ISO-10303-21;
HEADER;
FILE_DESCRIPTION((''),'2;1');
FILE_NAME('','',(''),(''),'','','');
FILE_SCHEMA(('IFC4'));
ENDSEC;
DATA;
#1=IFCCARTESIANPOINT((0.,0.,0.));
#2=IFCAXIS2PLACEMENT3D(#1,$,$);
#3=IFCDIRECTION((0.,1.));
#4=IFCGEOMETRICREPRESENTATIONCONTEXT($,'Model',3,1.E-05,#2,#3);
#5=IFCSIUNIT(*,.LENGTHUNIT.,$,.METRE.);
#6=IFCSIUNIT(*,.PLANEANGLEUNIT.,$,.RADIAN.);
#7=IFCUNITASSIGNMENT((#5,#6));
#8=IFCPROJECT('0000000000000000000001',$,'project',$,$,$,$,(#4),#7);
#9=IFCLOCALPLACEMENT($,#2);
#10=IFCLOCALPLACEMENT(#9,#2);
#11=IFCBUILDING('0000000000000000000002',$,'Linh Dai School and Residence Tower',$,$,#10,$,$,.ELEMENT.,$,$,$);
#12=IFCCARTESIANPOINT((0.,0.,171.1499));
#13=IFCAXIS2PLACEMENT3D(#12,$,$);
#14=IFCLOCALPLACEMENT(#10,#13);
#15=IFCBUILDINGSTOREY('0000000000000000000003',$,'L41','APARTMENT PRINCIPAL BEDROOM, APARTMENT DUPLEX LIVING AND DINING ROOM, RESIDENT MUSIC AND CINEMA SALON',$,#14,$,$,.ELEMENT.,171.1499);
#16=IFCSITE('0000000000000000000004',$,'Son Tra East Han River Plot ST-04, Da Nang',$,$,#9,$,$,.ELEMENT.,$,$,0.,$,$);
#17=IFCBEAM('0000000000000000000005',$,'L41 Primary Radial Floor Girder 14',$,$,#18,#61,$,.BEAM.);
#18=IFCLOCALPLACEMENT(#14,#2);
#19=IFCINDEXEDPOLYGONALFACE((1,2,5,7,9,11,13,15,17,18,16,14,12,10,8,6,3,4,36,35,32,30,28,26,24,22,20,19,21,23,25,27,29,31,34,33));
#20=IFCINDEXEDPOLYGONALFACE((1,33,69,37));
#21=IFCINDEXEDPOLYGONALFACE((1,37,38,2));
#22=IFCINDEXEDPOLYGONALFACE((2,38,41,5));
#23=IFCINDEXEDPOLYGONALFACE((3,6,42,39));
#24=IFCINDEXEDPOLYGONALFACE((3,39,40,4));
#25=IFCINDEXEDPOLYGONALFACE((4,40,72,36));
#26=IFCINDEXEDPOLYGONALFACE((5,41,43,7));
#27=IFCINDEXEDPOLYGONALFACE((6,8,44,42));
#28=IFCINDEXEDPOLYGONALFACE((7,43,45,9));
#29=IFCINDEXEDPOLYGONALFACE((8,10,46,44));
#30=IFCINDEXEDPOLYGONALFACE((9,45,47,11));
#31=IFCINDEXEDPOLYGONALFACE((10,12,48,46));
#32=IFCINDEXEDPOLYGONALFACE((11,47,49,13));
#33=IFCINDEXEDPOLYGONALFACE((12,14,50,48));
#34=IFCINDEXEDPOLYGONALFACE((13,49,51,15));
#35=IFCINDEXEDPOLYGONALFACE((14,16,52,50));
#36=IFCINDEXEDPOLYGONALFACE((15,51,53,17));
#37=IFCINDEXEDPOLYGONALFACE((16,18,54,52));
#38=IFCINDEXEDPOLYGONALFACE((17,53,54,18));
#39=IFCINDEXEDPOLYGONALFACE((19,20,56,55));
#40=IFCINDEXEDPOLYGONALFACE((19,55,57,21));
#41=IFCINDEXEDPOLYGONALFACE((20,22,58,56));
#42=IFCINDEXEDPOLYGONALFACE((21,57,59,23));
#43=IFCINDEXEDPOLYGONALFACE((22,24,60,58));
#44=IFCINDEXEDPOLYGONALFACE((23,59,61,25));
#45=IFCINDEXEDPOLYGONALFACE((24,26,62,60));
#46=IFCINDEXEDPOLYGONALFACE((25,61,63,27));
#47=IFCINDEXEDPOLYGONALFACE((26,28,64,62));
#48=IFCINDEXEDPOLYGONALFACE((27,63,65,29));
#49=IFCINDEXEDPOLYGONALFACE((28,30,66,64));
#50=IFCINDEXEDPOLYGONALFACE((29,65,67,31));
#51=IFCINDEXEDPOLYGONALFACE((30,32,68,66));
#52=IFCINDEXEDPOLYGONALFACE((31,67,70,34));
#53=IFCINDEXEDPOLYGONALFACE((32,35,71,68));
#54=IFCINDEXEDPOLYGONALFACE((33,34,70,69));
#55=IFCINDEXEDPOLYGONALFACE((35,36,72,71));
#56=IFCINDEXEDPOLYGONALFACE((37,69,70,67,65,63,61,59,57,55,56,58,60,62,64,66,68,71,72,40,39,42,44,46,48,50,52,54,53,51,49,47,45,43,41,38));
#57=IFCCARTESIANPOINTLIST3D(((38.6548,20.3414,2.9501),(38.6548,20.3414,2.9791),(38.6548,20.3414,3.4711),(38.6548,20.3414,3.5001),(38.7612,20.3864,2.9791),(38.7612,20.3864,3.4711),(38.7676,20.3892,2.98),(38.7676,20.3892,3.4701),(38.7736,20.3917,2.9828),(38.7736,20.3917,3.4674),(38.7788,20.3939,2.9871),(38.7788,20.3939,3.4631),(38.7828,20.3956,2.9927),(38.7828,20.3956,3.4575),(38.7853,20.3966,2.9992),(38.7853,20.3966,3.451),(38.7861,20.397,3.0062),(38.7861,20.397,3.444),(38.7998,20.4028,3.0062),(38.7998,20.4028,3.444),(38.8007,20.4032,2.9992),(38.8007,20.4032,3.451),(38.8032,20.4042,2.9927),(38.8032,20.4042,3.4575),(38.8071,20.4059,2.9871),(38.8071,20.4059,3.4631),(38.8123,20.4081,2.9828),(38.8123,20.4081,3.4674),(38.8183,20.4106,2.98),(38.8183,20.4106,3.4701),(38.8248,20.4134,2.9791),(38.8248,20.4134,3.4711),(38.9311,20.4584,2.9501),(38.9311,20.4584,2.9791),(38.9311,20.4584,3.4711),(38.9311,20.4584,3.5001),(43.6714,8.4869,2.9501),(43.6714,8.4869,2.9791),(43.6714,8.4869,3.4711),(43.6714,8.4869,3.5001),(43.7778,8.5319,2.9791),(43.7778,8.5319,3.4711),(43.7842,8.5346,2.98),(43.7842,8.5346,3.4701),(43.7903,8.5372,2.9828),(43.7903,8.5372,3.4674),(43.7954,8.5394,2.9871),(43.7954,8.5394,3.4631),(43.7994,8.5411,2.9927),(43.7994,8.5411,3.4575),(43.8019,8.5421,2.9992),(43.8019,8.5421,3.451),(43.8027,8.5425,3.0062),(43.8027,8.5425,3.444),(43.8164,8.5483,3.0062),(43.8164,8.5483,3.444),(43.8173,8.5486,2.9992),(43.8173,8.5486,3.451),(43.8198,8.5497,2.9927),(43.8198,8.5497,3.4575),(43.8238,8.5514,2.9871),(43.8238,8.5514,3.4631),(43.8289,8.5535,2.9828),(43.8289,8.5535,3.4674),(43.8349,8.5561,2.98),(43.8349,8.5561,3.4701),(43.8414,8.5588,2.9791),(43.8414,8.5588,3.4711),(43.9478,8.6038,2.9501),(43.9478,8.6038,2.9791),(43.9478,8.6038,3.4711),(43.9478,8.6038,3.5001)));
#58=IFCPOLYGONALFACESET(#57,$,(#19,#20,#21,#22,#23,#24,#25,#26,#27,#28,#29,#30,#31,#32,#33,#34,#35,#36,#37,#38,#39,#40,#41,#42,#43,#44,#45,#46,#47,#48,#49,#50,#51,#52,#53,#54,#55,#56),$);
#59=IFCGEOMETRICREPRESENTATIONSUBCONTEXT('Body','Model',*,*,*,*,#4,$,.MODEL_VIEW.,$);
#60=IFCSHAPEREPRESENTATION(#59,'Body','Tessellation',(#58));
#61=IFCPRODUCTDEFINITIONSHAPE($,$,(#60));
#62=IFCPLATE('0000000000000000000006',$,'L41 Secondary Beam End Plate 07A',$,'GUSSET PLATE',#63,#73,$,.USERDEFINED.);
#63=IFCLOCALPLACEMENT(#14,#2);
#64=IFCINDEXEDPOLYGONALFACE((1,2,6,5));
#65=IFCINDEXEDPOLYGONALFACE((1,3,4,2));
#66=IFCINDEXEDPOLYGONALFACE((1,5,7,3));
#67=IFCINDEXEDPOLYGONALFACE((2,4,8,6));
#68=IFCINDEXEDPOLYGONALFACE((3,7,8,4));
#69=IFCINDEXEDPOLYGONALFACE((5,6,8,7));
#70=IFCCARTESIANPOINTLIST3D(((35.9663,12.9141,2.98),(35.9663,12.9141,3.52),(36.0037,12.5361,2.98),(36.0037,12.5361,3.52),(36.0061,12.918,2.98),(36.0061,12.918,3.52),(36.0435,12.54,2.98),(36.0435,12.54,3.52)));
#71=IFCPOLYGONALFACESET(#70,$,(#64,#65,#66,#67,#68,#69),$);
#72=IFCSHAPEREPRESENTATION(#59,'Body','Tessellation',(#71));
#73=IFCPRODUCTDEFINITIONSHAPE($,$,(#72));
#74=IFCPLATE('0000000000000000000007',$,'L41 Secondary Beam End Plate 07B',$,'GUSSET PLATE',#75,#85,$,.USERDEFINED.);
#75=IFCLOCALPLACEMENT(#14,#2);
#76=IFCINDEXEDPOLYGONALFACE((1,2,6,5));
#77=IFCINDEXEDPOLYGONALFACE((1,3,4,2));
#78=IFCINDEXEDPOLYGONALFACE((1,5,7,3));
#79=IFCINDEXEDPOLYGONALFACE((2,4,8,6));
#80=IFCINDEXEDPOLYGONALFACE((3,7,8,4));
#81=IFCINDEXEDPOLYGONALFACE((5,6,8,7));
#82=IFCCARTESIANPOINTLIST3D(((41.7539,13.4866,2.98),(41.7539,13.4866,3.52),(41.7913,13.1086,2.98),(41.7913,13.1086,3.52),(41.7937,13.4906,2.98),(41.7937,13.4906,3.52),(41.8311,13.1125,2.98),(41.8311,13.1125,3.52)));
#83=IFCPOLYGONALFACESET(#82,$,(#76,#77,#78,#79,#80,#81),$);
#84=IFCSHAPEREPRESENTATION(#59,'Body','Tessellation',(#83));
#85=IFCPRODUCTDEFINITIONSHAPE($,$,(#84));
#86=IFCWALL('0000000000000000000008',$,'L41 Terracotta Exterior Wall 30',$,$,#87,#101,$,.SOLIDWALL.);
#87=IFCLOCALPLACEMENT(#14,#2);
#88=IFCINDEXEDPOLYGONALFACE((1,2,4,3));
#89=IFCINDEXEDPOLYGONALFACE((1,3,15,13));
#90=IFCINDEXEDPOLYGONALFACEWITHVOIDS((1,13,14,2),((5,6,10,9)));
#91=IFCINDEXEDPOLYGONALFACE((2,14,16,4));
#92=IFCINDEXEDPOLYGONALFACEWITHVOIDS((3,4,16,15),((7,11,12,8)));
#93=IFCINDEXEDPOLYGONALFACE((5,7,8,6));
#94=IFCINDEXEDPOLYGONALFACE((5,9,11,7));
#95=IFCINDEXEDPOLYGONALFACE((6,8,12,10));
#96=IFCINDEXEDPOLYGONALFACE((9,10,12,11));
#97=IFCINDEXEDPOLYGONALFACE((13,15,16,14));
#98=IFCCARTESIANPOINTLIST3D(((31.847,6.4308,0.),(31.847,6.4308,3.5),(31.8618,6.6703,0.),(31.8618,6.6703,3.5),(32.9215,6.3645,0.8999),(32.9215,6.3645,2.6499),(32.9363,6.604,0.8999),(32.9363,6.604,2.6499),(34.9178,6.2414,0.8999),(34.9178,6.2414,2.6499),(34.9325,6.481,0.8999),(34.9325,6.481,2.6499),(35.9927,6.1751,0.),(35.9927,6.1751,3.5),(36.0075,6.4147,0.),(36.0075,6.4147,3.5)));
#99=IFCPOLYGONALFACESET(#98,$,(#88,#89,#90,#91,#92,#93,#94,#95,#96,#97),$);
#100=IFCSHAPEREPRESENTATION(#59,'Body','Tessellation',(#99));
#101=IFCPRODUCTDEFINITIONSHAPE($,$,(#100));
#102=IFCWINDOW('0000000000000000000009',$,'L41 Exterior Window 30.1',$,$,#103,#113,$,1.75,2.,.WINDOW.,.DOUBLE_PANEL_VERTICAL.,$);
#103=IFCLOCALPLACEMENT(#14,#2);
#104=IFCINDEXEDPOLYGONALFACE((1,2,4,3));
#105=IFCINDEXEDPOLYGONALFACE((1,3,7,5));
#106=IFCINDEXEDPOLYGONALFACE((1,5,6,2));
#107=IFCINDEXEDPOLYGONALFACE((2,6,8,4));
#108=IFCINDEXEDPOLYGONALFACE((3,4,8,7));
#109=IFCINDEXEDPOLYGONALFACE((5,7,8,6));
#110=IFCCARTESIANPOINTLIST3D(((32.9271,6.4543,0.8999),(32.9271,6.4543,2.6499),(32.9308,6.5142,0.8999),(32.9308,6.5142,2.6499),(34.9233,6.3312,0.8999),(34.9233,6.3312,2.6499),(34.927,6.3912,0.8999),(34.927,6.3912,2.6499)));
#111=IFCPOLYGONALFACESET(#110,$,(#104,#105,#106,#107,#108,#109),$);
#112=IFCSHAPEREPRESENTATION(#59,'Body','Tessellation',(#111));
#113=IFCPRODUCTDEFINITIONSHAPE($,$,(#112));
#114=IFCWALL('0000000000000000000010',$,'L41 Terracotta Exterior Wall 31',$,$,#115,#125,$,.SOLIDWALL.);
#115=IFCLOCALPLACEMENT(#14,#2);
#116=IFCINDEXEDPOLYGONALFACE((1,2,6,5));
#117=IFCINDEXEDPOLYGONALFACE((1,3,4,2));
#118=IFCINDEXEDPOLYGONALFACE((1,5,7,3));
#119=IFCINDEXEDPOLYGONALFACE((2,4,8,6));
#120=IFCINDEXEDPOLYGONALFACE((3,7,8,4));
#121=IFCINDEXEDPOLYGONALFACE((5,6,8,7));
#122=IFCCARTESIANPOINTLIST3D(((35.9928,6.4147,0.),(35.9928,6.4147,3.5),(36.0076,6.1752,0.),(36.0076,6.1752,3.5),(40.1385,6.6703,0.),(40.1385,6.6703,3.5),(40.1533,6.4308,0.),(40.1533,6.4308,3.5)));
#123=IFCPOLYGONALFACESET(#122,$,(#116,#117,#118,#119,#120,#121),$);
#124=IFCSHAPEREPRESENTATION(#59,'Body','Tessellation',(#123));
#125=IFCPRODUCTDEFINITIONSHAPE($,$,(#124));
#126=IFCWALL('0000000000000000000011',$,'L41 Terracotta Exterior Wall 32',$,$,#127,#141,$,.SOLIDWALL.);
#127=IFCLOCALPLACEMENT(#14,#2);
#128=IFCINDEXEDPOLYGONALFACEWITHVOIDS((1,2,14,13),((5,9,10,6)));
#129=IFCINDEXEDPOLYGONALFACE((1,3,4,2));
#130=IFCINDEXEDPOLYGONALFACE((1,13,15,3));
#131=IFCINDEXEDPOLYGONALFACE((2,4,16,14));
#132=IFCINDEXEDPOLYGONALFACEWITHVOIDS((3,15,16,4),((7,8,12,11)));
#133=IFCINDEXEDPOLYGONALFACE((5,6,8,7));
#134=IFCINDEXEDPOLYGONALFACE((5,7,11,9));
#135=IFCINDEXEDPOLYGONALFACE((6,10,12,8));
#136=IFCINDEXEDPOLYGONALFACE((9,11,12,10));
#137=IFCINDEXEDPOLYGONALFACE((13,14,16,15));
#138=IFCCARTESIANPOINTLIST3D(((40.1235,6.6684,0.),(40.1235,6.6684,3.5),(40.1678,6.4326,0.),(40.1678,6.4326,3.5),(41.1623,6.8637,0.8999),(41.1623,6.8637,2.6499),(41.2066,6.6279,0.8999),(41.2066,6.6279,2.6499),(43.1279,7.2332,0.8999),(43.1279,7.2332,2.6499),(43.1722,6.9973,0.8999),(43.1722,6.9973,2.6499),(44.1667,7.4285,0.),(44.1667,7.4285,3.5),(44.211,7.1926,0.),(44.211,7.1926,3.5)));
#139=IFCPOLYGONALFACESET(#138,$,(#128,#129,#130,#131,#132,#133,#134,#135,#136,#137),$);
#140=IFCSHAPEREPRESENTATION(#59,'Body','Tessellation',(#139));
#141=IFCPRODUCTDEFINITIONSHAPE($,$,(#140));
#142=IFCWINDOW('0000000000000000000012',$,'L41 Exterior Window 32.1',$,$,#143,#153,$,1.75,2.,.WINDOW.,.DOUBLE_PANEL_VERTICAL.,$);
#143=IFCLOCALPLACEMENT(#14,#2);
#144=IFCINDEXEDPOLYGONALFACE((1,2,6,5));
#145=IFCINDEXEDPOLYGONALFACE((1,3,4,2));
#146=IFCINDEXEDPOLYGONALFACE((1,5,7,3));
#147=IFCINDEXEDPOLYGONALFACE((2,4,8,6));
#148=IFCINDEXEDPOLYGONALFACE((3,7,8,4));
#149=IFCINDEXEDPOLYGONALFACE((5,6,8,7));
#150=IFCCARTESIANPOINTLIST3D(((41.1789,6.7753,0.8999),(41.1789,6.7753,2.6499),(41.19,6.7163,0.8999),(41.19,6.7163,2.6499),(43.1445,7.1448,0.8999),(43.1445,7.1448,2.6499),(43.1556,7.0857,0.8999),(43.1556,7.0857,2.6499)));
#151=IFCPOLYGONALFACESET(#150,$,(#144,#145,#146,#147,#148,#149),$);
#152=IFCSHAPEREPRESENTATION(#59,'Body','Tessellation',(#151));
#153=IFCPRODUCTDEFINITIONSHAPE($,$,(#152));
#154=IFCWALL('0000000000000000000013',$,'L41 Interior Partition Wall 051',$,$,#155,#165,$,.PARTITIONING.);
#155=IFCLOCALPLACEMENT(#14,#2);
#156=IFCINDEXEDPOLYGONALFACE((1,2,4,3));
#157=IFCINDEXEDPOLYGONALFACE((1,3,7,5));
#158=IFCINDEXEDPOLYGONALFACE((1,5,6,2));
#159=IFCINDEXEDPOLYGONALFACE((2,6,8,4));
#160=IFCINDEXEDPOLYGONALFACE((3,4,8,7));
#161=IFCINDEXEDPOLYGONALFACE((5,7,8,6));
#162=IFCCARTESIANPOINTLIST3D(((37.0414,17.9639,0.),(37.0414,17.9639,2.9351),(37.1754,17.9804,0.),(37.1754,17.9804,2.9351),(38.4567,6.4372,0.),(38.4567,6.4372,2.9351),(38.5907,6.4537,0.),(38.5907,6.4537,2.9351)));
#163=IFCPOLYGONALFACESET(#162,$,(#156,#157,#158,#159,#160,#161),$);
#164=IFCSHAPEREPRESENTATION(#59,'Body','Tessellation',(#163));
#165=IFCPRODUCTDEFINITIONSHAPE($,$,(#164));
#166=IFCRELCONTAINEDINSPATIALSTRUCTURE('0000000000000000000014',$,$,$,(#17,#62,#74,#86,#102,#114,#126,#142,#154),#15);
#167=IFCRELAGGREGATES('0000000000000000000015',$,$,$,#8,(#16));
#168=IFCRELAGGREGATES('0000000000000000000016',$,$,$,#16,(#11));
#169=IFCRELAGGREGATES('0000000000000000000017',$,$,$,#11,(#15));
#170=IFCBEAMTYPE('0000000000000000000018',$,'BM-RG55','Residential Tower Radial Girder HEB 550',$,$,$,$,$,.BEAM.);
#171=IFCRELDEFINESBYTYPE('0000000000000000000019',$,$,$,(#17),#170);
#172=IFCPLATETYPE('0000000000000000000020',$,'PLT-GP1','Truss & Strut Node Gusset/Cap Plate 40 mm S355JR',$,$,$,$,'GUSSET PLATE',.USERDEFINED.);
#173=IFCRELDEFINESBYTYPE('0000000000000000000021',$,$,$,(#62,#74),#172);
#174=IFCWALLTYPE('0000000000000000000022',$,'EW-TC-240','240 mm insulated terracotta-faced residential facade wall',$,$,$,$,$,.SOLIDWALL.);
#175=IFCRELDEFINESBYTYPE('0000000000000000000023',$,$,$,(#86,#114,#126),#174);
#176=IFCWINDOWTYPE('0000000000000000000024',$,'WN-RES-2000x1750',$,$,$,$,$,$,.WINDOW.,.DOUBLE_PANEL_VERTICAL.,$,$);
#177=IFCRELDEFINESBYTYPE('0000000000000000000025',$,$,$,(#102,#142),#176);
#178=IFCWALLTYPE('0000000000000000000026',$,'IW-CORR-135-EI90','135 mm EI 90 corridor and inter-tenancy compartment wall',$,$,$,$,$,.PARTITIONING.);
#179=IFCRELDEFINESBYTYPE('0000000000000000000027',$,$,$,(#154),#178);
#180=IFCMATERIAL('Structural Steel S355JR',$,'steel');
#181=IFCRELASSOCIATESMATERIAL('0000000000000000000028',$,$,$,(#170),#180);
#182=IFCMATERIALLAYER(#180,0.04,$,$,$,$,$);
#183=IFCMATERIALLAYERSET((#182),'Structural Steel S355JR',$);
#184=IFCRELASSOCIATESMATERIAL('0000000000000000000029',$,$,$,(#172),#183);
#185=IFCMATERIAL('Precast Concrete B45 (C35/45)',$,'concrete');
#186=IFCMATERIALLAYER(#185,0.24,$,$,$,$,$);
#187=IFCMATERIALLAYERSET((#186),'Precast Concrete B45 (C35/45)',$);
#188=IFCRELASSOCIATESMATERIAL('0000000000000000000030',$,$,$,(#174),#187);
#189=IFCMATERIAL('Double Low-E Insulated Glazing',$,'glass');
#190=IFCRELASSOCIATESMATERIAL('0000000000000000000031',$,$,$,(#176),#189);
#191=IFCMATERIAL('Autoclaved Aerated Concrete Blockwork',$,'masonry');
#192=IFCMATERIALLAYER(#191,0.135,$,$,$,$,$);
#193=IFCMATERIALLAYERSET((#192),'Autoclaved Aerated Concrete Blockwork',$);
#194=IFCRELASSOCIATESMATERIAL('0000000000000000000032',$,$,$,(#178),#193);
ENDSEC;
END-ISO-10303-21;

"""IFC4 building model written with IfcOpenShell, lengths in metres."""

from ifc_helpers import new_model, si_unit, direction, frame, frame_2d, origin, origin_2d, place, context, subcontext, project, spatial, rectangle, i_section, extrude, source, transform, mapped, material, layer, layer_set, material_profile, profile_set, type_object, element, fill, save


model = new_model("IFC4")

# Units and contexts
model_context = context("Model", 3, precision=1e-05, world=origin(), true_north=direction((0.0, 1.0)))
body_context = subcontext(model_context, "Body", "Model", "MODEL_VIEW")
ifc_project = project(units=[si_unit("LENGTHUNIT", "METRE"), si_unit("PLANEANGLEUNIT", "RADIAN")], contexts=[model_context])

# Site, building, storey
site_placement = place(None, origin())
site = spatial("IfcSite", under=ifc_project, at=site_placement, Name="Son Tra East Han River Plot ST-04, Da Nang", CompositionType="ELEMENT", RefElevation=0.0)
building_placement = place(site_placement, origin())
building = spatial("IfcBuilding", under=site, at=building_placement, Name="Linh Dai School and Residence Tower", CompositionType="ELEMENT")
storey_placement = place(building_placement, frame((0.0, 0.0, 171.1499)))
storey = spatial("IfcBuildingStorey", under=building, at=storey_placement, Name="L41", Description="APARTMENT PRINCIPAL BEDROOM, APARTMENT DUPLEX LIVING AND DINING ROOM, RESIDENT MUSIC AND CINEMA SALON", CompositionType="ELEMENT", Elevation=171.1499)

# Shared definitions
ifc_material_1 = material(Name="Structural Steel S355JR", Category="steel")

# Beam
ifc_material_profile_1 = material_profile(ifc_material_1, i_section(OverallWidth=0.3, OverallDepth=0.55, WebThickness=0.0149, FlangeThickness=0.0291, FilletRadius=0.0271, at=origin_2d()), Name="HEB 550")
ifc_profile_set_1 = profile_set([ifc_material_profile_1], Name="Structural Steel S355JR")
beam_type_1 = type_object("IfcBeamType", Name="BM-RG55", Description="Residential Tower Radial Girder HEB 550", PredefinedType="BEAM", material=ifc_profile_set_1)
beam_1_placement = place(storey_placement, frame((38.793, 20.3999, 3.2251), z_axis=(0.389722, -0.920933, 0.0), x_axis=(0.920933, 0.389722, 0.0)))
element("IfcBeam", 1, at=beam_1_placement, inside=storey, type_object=beam_type_1, Name="L41 Primary Radial Floor Girder 14", PredefinedType="BEAM", context=body_context, shape_type="SweptSolid", body=[
    extrude(i_section(OverallWidth=0.3, OverallDepth=0.55, WebThickness=0.0149, FlangeThickness=0.0291, FilletRadius=0.0271, at=origin_2d()), origin(), (0.0, 0.0, 1.0), 12.8723),
])

# Plates
ifc_layer_1 = layer(ifc_material_1, 0.04)
ifc_layer_set_1 = layer_set([ifc_layer_1], Name="Structural Steel S355JR")
plate_type = type_object("IfcPlateType", Name="PLT-GP1", Description="Truss & Strut Node Gusset/Cap Plate 40 mm S355JR", ElementType="GUSSET PLATE", PredefinedType="USERDEFINED", material=ifc_layer_set_1)
shared_shape_1 = source(origin(), body_context, "Body", "SweptSolid", [
    extrude(rectangle(XDim=0.04, YDim=0.3799, at=origin_2d()), origin(), (0.0, 0.0, 1.0), 0.54),
])
for number, where, z_axis, x_axis, name in (
    (2, (36.0049, 12.7271, 2.98), (0.0, 0.0, 1.0), (0.995145, 0.098423, 0.0), "L41 Secondary Beam End Plate 07A"),
    (3, (41.7925, 13.2996, 2.98), (0.0, 0.0, 1.0), (0.995145, 0.098423, 0.0), "L41 Secondary Beam End Plate 07B"),
):
    element("IfcPlate", number, at=place(storey_placement, frame(where, z_axis=z_axis, x_axis=x_axis)), inside=storey, type_object=plate_type, Name=name, ObjectType="GUSSET PLATE", PredefinedType="USERDEFINED", context=body_context, shape_type="MappedRepresentation", body=[
        mapped(shared_shape_1, transform((0.0, 0.0, 0.0), x_axis=(1.0, 0.0, 0.0), y_axis=(0.0, 1.0, 0.0), z_axis=(0.0, 0.0, 1.0), scale=1.0)),
    ])

# Wall, opening, window
ifc_material_2 = material(Name="Precast Concrete B45 (C35/45)", Category="concrete")
ifc_layer_2 = layer(ifc_material_2, 0.24)
ifc_layer_set_2 = layer_set([ifc_layer_2], Name="Precast Concrete B45 (C35/45)")
wall_type_1 = type_object("IfcWallType", Name="EW-TC-240", Description="240 mm insulated terracotta-faced residential facade wall", PredefinedType="SOLIDWALL", material=ifc_layer_set_2)
wall_1_placement = place(storey_placement, frame((36.0, 6.2949, 0.0), z_axis=(0.0, 0.0, 1.0), x_axis=(-0.998105, 0.06154, 0.0)))
wall_1 = element("IfcWall", 4, at=wall_1_placement, inside=storey, type_object=wall_type_1, Name="L41 Terracotta Exterior Wall 30", PredefinedType="SOLIDWALL", context=body_context, shape_type="SweptSolid", body=[
    extrude(rectangle(XDim=4.1536, YDim=0.24, at=frame_2d((2.0767, 0.0))), origin(), (0.0, 0.0, 1.0), 3.5),
])
opening_1_placement = place(wall_1_placement, frame((1.0769, 0.0, 0.8999)))
opening_1 = element("IfcOpeningElement", 5, at=opening_1_placement, cuts=wall_1, PredefinedType="OPENING", context=body_context, shape_type="SweptSolid", body=[
    extrude(rectangle(XDim=2.0, YDim=1.75, at=origin_2d()), frame((1.0, 0.1299, 0.875), z_axis=(0.0, -1.0, 0.0), x_axis=(1.0, 0.0, 0.0)), (0.0, 0.0, 1.0), 0.26),
])
ifc_material_3 = material(Name="Double Low-E Insulated Glazing", Category="glass")
window_type = type_object("IfcWindowType", Name="WN-RES-2000x1750", PartitioningType="DOUBLE_PANEL_VERTICAL", PredefinedType="WINDOW", material=ifc_material_3)
shared_shape_2 = source(origin(), body_context, "Body", "SweptSolid", [
    extrude(rectangle(XDim=2.0, YDim=1.75, at=origin_2d()), frame((1.0, 0.03, 0.875), z_axis=(0.0, -1.0, 0.0), x_axis=(1.0, 0.0, 0.0)), (0.0, 0.0, 1.0), 0.0601),
])
window_1_placement = place(opening_1_placement, origin())
window_1 = element("IfcWindow", 6, at=window_1_placement, inside=storey, type_object=window_type, Name="L41 Exterior Window 30.1", OverallHeight=1.75, OverallWidth=2.0, PartitioningType="DOUBLE_PANEL_VERTICAL", PredefinedType="WINDOW", context=body_context, shape_type="MappedRepresentation", body=[
    mapped(shared_shape_2, transform((0.0, 0.0, 0.0), x_axis=(1.0, 0.0, 0.0), y_axis=(0.0, 1.0, 0.0), z_axis=(0.0, 0.0, 1.0), scale=1.0)),
])
fill(opening_1, window_1)

# Wall
wall_2_placement = place(storey_placement, frame((40.1458, 6.5505, 0.0), z_axis=(0.0, 0.0, 1.0), x_axis=(-0.998105, -0.06154, 0.0)))
element("IfcWall", 7, at=wall_2_placement, inside=storey, type_object=wall_type_1, Name="L41 Terracotta Exterior Wall 31", PredefinedType="SOLIDWALL", context=body_context, shape_type="SweptSolid", body=[
    extrude(rectangle(XDim=4.1536, YDim=0.24, at=frame_2d((2.0767, 0.0))), origin(), (0.0, 0.0, 1.0), 3.5),
])

# Wall, opening, window
wall_3_placement = place(storey_placement, frame((44.189, 7.3105, 0.0), z_axis=(0.0, 0.0, 1.0), x_axis=(-0.982788, -0.184736, 0.0)))
wall_3 = element("IfcWall", 8, at=wall_3_placement, inside=storey, type_object=wall_type_1, Name="L41 Terracotta Exterior Wall 32", PredefinedType="SOLIDWALL", context=body_context, shape_type="SweptSolid", body=[
    extrude(rectangle(XDim=4.114, YDim=0.24, at=frame_2d((2.0571, 0.0))), origin(), (0.0, 0.0, 1.0), 3.5),
])
opening_2_placement = place(wall_3_placement, frame((1.0571, 0.0, 0.8999)))
opening_2 = element("IfcOpeningElement", 9, at=opening_2_placement, cuts=wall_3, PredefinedType="OPENING", context=body_context, shape_type="SweptSolid", body=[
    extrude(rectangle(XDim=2.0, YDim=1.75, at=origin_2d()), frame((1.0, 0.1299, 0.875), z_axis=(0.0, -1.0, 0.0), x_axis=(1.0, 0.0, 0.0)), (0.0, 0.0, 1.0), 0.26),
])
window_2_placement = place(opening_2_placement, origin())
window_2 = element("IfcWindow", 10, at=window_2_placement, inside=storey, type_object=window_type, Name="L41 Exterior Window 32.1", OverallHeight=1.75, OverallWidth=2.0, PartitioningType="DOUBLE_PANEL_VERTICAL", PredefinedType="WINDOW", context=body_context, shape_type="MappedRepresentation", body=[
    mapped(shared_shape_2, transform((0.0, 0.0, 0.0), x_axis=(1.0, 0.0, 0.0), y_axis=(0.0, 1.0, 0.0), z_axis=(0.0, 0.0, 1.0), scale=1.0)),
])
fill(opening_2, window_2)

# Wall
ifc_material_4 = material(Name="Autoclaved Aerated Concrete Blockwork", Category="masonry")
ifc_layer_3 = layer(ifc_material_4, 0.135)
ifc_layer_set_3 = layer_set([ifc_layer_3], Name="Autoclaved Aerated Concrete Blockwork")
wall_type_2 = type_object("IfcWallType", Name="IW-CORR-135-EI90", Description="135 mm EI 90 corridor and inter-tenancy compartment wall", PredefinedType="PARTITIONING", material=ifc_layer_set_3)
wall_4_placement = place(storey_placement, frame((37.1084, 17.9722, 0.0), z_axis=(0.0, 0.0, 1.0), x_axis=(0.121869, -0.992546, 0.0)))
element("IfcWall", 11, at=wall_4_placement, inside=storey, type_object=wall_type_2, Name="L41 Interior Partition Wall 051", PredefinedType="PARTITIONING", context=body_context, shape_type="SweptSolid", body=[
    extrude(rectangle(XDim=11.6133, YDim=0.135, at=frame_2d((5.8066, 0.0))), origin(), (0.0, 0.0, 1.0), 2.9351),
])

save(model, "model.ifc")
